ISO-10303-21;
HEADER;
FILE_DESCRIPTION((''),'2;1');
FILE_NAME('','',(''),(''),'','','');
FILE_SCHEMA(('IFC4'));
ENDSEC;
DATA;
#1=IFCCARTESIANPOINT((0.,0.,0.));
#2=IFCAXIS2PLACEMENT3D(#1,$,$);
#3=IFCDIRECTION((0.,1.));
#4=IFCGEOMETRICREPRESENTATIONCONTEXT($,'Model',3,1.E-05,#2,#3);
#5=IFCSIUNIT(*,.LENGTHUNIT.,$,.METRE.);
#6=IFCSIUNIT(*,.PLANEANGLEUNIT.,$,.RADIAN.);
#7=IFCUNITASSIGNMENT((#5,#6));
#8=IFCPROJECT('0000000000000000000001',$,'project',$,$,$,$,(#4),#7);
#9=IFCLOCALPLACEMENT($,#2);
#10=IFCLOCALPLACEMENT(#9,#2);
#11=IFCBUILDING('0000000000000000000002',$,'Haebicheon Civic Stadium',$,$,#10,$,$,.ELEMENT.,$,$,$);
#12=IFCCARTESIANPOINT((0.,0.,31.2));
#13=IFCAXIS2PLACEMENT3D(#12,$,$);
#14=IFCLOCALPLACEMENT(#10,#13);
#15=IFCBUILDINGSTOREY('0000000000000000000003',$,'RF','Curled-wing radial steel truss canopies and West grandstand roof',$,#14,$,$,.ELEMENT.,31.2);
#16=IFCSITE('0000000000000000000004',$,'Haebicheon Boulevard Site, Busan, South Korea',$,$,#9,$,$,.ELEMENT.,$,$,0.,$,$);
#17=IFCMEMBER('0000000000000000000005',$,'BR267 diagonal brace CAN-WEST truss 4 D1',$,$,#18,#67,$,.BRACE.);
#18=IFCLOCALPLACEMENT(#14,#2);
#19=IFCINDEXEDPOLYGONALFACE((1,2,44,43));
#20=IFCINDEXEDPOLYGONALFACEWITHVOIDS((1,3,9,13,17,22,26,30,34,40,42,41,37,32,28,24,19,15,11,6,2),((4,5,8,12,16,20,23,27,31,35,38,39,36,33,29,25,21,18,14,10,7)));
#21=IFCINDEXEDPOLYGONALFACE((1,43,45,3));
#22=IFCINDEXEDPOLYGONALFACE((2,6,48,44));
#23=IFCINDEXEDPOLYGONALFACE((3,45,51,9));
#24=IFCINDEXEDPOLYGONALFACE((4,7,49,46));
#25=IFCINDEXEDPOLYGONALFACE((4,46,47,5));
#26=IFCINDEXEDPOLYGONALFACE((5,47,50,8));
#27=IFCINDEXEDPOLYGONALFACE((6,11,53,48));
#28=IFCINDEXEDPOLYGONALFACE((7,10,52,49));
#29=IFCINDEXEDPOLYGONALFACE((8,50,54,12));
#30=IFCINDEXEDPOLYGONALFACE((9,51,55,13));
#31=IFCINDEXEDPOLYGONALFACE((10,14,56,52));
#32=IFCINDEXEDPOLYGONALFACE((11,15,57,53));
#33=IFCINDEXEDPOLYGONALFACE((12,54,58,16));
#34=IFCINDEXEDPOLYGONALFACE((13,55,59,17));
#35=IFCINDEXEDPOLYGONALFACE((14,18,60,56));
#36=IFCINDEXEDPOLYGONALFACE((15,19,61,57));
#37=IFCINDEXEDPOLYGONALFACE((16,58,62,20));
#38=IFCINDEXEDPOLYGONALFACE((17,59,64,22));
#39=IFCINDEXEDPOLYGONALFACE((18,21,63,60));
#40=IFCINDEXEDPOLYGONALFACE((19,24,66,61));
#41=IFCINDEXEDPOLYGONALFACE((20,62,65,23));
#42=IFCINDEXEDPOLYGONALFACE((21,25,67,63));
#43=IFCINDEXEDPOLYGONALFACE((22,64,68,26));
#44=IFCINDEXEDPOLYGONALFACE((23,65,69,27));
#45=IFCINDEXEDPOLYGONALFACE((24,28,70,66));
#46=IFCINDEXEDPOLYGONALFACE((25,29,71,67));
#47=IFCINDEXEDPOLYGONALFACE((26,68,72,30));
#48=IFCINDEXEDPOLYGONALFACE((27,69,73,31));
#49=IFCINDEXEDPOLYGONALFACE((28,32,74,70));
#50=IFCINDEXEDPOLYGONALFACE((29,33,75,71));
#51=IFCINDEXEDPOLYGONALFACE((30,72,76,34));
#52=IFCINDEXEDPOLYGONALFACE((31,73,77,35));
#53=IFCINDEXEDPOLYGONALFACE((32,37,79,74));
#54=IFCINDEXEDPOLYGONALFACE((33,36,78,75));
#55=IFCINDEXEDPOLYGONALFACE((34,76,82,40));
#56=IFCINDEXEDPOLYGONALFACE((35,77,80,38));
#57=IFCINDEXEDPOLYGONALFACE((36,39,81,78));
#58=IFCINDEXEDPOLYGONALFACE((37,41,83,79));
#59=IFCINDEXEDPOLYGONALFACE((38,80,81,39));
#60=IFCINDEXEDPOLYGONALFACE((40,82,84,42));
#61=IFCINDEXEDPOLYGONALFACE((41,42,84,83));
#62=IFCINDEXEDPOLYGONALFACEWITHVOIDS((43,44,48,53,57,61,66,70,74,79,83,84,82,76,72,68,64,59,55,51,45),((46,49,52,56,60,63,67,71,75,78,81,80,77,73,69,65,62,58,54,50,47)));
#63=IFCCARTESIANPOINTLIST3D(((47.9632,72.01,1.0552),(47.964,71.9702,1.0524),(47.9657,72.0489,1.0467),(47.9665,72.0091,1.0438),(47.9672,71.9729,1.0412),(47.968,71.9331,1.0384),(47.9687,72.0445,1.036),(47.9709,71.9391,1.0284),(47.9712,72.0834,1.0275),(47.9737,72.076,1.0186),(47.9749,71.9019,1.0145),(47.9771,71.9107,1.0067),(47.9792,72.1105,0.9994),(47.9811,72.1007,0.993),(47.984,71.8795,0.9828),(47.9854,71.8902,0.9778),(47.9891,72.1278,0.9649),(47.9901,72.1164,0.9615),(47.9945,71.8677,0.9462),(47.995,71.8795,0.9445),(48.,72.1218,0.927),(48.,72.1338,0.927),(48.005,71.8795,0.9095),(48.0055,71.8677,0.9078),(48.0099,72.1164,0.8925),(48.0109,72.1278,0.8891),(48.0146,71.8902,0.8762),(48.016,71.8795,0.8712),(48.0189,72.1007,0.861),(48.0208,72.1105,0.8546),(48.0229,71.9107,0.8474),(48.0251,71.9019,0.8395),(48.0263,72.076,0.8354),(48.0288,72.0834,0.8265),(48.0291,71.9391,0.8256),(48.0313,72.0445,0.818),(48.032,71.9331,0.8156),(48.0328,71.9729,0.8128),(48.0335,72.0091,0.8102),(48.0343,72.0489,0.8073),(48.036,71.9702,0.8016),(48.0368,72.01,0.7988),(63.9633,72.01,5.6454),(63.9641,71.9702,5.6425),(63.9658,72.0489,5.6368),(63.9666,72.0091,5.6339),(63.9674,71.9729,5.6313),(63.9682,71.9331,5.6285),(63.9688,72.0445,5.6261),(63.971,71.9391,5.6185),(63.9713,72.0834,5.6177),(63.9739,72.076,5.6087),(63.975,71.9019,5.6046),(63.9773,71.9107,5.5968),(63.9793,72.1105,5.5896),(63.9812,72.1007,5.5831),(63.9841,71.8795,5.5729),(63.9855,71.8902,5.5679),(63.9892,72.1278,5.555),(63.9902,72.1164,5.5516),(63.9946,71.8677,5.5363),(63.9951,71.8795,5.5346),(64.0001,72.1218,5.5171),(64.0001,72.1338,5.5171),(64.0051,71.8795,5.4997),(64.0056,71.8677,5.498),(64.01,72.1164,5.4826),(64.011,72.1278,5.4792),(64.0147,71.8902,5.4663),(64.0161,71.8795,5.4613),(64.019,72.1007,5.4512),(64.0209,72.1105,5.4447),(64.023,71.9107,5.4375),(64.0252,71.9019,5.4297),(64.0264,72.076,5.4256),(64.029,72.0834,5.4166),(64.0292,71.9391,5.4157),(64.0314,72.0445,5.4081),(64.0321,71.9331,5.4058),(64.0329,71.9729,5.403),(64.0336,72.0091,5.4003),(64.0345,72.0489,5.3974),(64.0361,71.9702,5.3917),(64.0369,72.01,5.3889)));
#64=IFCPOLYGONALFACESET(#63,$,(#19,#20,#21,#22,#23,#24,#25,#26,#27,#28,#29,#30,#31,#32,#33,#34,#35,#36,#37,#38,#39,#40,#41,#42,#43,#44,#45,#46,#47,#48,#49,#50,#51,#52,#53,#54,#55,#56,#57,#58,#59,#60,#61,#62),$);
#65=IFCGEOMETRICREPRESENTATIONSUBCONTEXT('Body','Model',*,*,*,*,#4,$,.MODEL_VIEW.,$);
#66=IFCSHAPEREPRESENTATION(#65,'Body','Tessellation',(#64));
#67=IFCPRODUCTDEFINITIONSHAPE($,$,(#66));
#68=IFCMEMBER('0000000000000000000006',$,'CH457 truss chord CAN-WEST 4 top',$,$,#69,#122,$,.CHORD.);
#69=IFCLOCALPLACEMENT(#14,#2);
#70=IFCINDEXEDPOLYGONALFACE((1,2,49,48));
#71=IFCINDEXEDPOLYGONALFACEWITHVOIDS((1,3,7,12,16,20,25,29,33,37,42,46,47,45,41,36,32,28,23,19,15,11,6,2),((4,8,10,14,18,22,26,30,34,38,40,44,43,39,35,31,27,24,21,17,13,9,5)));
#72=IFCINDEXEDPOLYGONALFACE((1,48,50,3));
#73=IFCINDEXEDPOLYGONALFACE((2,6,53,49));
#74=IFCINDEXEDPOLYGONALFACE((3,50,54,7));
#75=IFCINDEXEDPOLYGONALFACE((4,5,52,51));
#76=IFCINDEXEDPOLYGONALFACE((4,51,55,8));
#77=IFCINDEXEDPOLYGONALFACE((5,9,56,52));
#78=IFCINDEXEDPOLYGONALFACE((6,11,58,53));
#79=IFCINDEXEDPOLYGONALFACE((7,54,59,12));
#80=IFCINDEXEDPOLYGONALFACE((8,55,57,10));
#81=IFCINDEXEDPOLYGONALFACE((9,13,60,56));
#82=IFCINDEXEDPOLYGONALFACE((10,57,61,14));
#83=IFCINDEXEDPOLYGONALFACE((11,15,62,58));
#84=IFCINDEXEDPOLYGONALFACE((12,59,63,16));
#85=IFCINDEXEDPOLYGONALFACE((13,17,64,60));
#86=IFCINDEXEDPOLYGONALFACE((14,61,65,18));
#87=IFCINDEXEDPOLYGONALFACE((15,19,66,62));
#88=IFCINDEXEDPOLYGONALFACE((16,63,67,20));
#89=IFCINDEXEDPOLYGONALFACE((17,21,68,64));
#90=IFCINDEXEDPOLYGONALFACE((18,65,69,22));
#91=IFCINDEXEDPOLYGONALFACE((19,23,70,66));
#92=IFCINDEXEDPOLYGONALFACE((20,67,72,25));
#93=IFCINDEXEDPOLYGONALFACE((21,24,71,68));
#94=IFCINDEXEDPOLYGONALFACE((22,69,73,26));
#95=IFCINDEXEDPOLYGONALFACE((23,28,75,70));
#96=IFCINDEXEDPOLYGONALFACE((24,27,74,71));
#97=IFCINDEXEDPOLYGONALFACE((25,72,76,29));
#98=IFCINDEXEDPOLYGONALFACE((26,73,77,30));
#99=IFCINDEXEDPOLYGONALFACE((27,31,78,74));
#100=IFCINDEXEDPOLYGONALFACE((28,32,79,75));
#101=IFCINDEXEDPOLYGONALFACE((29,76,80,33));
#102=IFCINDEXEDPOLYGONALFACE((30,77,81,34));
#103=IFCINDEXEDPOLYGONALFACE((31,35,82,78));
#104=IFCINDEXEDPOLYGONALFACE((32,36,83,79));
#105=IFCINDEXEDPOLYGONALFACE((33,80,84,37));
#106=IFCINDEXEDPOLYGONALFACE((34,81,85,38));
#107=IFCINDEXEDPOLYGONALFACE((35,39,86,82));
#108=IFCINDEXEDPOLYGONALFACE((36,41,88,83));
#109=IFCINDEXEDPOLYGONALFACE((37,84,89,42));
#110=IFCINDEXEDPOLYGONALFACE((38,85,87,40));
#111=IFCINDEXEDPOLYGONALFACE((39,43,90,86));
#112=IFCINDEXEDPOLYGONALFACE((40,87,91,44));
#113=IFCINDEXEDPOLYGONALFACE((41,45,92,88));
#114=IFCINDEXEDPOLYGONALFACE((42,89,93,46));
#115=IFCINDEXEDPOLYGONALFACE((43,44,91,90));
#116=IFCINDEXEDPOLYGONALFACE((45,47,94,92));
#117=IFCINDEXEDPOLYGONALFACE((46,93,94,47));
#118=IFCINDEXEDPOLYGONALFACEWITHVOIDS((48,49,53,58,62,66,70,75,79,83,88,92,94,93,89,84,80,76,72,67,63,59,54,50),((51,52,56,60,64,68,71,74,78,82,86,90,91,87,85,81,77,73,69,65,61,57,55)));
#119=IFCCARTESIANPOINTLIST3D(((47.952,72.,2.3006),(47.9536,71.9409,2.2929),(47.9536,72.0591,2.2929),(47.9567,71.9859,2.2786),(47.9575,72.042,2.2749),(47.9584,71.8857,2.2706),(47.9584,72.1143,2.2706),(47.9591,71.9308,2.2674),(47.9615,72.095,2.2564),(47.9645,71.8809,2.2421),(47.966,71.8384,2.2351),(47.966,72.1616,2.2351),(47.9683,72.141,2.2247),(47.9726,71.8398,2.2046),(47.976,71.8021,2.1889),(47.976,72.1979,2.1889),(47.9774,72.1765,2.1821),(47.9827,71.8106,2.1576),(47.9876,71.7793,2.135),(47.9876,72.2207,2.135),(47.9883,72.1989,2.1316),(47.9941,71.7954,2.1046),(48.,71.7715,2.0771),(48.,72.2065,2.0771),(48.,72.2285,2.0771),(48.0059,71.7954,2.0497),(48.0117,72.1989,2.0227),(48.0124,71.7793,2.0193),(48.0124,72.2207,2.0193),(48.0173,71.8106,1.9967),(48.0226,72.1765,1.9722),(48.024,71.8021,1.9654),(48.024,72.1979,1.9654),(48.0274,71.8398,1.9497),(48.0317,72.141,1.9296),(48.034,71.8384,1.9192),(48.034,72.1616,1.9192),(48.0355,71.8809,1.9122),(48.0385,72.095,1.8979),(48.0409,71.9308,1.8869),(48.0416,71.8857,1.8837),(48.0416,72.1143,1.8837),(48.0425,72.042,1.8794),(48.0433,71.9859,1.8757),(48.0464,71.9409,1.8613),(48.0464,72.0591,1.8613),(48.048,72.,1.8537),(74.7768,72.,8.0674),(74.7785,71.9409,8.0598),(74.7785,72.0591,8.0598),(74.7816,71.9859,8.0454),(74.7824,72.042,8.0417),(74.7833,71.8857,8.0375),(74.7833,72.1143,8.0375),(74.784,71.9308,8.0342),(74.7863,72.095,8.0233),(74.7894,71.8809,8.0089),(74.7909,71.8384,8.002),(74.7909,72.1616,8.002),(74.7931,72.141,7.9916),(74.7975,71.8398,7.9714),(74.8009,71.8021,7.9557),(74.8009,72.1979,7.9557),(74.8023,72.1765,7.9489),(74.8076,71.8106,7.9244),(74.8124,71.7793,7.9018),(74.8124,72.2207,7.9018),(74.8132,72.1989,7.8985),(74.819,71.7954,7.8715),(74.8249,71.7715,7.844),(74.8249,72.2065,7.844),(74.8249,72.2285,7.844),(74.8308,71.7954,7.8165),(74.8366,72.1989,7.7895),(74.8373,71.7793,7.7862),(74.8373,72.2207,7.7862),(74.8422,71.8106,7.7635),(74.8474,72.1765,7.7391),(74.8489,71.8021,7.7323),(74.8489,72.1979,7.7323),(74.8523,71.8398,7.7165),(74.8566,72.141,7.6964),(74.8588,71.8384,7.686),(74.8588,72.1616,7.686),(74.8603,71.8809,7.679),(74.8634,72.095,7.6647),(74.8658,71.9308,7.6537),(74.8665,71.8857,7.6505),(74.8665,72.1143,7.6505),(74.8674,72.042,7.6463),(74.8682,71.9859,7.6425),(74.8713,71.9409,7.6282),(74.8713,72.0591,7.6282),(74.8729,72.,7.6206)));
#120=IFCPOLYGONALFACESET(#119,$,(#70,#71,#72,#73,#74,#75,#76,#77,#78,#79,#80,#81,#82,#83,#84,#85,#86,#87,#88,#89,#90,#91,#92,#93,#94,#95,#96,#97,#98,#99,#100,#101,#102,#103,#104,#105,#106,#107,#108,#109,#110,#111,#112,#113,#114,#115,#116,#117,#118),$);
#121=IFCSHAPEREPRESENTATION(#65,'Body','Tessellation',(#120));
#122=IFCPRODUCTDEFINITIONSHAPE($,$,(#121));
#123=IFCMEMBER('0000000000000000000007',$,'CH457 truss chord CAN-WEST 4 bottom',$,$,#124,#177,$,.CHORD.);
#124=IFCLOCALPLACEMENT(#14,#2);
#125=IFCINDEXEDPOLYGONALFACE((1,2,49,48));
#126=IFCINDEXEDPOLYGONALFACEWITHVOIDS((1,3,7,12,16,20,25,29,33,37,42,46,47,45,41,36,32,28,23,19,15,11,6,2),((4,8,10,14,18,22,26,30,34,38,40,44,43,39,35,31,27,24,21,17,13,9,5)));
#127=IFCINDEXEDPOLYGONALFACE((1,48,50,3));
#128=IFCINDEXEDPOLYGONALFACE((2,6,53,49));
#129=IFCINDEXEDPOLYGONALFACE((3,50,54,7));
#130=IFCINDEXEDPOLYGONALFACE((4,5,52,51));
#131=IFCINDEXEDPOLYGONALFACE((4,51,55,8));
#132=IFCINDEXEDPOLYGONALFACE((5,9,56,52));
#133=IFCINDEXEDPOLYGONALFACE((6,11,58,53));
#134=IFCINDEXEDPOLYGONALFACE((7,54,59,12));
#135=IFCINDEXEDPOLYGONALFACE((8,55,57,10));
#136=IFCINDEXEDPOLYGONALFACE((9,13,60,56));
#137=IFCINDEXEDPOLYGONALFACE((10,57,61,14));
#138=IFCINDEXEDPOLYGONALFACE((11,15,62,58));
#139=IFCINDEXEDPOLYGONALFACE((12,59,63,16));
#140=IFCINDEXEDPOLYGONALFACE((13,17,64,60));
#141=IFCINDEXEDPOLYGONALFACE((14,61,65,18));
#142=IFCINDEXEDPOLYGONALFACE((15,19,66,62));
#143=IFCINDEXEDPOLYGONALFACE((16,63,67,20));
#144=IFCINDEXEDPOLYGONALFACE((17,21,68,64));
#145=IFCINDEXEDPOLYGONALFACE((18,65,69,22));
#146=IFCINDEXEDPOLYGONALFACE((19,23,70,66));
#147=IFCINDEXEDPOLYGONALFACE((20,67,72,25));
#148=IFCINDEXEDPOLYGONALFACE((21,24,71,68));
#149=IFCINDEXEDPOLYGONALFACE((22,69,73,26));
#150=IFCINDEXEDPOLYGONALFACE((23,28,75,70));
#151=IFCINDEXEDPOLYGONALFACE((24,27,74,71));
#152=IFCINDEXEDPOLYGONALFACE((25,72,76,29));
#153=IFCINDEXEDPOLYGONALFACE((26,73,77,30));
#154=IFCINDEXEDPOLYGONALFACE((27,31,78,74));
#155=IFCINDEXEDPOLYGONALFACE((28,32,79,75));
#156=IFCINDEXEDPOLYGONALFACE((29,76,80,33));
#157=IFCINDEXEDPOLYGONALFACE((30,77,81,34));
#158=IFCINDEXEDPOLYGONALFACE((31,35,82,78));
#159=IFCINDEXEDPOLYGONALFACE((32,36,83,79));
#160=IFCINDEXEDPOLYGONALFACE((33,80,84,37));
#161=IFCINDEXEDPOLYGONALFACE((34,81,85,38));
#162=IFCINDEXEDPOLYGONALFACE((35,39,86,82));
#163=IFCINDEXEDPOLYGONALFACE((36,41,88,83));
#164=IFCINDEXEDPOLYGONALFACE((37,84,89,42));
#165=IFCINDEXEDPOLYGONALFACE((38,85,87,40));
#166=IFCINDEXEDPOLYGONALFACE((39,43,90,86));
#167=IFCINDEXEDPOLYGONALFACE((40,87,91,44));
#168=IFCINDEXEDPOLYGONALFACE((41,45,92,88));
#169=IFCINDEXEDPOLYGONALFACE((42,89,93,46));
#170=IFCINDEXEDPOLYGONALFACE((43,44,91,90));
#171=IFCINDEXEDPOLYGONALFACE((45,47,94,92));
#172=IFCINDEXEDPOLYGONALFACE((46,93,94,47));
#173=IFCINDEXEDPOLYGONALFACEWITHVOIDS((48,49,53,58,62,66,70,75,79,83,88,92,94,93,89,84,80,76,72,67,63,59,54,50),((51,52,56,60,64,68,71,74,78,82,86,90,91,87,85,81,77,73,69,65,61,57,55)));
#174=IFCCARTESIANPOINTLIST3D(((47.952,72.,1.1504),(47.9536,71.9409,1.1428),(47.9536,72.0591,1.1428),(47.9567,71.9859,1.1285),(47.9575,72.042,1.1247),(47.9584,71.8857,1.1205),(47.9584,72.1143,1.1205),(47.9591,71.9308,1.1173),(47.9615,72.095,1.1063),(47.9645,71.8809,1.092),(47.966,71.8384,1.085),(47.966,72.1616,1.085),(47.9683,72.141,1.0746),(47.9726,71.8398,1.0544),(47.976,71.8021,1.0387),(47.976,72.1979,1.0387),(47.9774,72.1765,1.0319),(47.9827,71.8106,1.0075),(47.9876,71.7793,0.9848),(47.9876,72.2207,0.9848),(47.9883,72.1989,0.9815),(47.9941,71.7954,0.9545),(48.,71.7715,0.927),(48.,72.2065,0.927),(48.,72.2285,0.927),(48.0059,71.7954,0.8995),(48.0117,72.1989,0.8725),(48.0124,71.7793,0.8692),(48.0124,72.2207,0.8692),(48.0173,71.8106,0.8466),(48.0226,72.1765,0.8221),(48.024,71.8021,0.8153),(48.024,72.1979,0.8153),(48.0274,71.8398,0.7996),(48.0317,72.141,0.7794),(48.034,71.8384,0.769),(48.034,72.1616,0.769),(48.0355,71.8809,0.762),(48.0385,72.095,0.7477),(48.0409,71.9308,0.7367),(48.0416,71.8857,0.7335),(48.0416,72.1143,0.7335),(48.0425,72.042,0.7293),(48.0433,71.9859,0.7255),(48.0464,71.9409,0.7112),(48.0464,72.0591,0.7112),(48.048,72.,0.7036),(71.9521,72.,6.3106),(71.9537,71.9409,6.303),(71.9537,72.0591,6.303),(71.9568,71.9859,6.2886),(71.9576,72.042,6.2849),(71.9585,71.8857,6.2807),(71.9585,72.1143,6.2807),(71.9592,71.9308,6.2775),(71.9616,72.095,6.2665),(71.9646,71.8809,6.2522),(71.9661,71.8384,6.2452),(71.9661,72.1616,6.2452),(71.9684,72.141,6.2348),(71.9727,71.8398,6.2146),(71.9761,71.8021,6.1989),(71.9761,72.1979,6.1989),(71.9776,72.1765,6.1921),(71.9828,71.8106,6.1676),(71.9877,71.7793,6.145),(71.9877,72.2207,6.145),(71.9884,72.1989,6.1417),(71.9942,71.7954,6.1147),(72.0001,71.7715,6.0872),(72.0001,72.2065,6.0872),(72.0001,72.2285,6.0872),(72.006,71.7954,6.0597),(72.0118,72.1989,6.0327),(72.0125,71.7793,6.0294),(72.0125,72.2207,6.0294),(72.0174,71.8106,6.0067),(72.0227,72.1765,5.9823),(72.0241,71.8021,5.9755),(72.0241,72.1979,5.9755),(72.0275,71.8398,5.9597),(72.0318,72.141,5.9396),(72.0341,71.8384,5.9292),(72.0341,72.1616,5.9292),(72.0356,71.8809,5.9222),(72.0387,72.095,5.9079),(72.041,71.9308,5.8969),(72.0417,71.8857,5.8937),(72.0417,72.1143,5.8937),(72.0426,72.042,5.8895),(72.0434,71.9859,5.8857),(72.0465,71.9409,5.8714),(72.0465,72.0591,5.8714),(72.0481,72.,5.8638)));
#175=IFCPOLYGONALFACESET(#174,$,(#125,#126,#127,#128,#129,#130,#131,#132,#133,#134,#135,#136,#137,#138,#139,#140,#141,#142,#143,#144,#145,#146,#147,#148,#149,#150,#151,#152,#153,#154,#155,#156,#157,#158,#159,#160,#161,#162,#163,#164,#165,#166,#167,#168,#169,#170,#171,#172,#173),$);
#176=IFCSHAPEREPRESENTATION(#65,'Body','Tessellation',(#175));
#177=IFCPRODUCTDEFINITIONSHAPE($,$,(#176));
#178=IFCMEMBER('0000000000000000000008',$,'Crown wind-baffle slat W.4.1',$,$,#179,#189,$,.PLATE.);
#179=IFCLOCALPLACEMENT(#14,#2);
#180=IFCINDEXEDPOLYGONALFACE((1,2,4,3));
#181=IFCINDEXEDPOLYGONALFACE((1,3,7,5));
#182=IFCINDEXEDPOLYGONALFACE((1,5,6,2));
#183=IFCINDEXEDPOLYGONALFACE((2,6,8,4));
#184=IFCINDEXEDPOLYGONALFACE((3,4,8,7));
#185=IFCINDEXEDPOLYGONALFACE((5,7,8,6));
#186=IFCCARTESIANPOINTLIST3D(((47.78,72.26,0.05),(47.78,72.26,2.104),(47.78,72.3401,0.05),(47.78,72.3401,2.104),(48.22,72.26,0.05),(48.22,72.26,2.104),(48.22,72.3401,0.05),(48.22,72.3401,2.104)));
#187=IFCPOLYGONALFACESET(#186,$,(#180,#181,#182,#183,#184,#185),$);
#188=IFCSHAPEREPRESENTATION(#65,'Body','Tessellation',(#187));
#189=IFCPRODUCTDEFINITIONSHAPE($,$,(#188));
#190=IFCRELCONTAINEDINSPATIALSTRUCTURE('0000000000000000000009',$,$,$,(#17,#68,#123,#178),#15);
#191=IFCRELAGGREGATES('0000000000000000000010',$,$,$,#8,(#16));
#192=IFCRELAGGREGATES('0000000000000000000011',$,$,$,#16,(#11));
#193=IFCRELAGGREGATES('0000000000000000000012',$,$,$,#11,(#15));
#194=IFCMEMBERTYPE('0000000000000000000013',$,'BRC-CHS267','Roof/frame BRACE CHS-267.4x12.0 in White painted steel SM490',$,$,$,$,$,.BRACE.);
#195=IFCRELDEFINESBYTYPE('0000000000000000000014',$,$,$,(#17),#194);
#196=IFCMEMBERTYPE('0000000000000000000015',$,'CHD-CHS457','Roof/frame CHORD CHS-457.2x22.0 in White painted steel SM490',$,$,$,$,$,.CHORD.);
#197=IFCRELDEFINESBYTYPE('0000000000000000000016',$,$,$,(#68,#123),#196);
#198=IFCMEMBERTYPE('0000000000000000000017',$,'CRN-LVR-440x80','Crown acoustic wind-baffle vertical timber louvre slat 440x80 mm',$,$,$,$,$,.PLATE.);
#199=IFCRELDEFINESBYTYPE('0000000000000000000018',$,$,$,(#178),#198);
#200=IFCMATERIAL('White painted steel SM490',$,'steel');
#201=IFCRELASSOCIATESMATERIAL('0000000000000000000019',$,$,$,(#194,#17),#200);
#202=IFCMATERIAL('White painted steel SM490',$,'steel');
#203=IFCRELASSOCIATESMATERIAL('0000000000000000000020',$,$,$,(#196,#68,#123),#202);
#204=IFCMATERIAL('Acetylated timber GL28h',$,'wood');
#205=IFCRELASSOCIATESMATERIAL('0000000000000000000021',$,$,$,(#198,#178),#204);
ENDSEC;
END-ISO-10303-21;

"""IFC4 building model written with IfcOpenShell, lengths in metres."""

from ifc_helpers import new_model, si_unit, direction, frame, origin, origin_2d, place, context, subcontext, project, spatial, rectangle, hollow_circle, extrude, material, material_profile, profile_set, type_object, element, save


model = new_model("IFC4")

# Units and contexts
model_context = context("Model", 3, precision=1e-05, world=origin(), true_north=direction((0.0, 1.0)))
body_context = subcontext(model_context, "Body", "Model", "MODEL_VIEW")
ifc_project = project(units=[si_unit("LENGTHUNIT", "METRE"), si_unit("PLANEANGLEUNIT", "RADIAN")], contexts=[model_context])

# Site, building, storey
site_placement = place(None, origin())
site = spatial("IfcSite", under=ifc_project, at=site_placement, Name="Haebicheon Boulevard Site, Busan, South Korea", CompositionType="ELEMENT", RefElevation=0.0)
building_placement = place(site_placement, origin())
building = spatial("IfcBuilding", under=site, at=building_placement, Name="Haebicheon Civic Stadium", CompositionType="ELEMENT")
storey_placement = place(building_placement, frame((0.0, 0.0, 31.2)))
storey = spatial("IfcBuildingStorey", under=building, at=storey_placement, Name="RF", Description="Curled-wing radial steel truss canopies and West grandstand roof", CompositionType="ELEMENT", Elevation=31.2)

# Members
ifc_material_1 = material(Name="White painted steel SM490", Category="steel")
ifc_material_profile_1 = material_profile(ifc_material_1, hollow_circle(Radius=0.1338, WallThickness=0.012, at=origin_2d()), Name="CHS-267.4x12.0")
ifc_profile_set_1 = profile_set([ifc_material_profile_1], Name="White painted steel SM490")
member_type_1 = type_object("IfcMemberType", Name="BRC-CHS267", Description="Roof/frame BRACE CHS-267.4x12.0 in White painted steel SM490", PredefinedType="BRACE", material=ifc_profile_set_1)
member_1_placement = place(storey_placement, frame((48.0, 72.0, 0.927), z_axis=(0.961227, 0.0, 0.275757), x_axis=(0.0, 1.0, 0.0)))
element("IfcMember", 1, at=member_1_placement, inside=storey, type_object=member_type_1, material=ifc_profile_set_1, Name="BR267 diagonal brace CAN-WEST truss 4 D1", PredefinedType="BRACE", context=body_context, shape_type="SweptSolid", body=[
    extrude(hollow_circle(Radius=0.1338, WallThickness=0.012, at=origin_2d()), origin(), (0.0, 0.0, 1.0), 16.6455),
])
ifc_material_2 = material(Name="White painted steel SM490", Category="steel")
ifc_material_profile_2 = material_profile(ifc_material_2, hollow_circle(Radius=0.2285, WallThickness=0.022, at=origin_2d()), Name="CHS-457.2x22.0")
ifc_profile_set_2 = profile_set([ifc_material_profile_2], Name="White painted steel SM490")
member_type_2 = type_object("IfcMemberType", Name="CHD-CHS457", Description="Roof/frame CHORD CHS-457.2x22.0 in White painted steel SM490", PredefinedType="CHORD", material=ifc_profile_set_2)
member_2_placement = place(storey_placement, frame((48.0, 72.0, 2.0771), z_axis=(0.977663, 0.0, 0.210179), x_axis=(0.0, 1.0, 0.0)))
element("IfcMember", 2, at=member_2_placement, inside=storey, type_object=member_type_2, material=ifc_profile_set_2, Name="CH457 truss chord CAN-WEST 4 top", PredefinedType="CHORD", context=body_context, shape_type="SweptSolid", body=[
    extrude(hollow_circle(Radius=0.2285, WallThickness=0.022, at=origin_2d()), origin(), (0.0, 0.0, 1.0), 27.4377),
])
member_3_placement = place(storey_placement, frame((48.0, 72.0, 0.927), z_axis=(0.977658, 0.0, 0.210203), x_axis=(0.0, 1.0, 0.0)))
element("IfcMember", 3, at=member_3_placement, inside=storey, type_object=member_type_2, material=ifc_profile_set_2, Name="CH457 truss chord CAN-WEST 4 bottom", PredefinedType="CHORD", context=body_context, shape_type="SweptSolid", body=[
    extrude(hollow_circle(Radius=0.2285, WallThickness=0.022, at=origin_2d()), origin(), (0.0, 0.0, 1.0), 24.5486),
])
ifc_material_3 = material(Name="Acetylated timber GL28h", Category="wood")
ifc_material_profile_3 = material_profile(ifc_material_3, rectangle(XDim=0.0801, YDim=0.4399, at=origin_2d()), Name="TMB-LOUV-80x440")
ifc_profile_set_3 = profile_set([ifc_material_profile_3], Name="Acetylated timber GL28h")
member_type_3 = type_object("IfcMemberType", Name="CRN-LVR-440x80", Description="Crown acoustic wind-baffle vertical timber louvre slat 440x80 mm", PredefinedType="PLATE", material=ifc_profile_set_3)
member_4_placement = place(storey_placement, frame((48.0, 72.3, 0.05), z_axis=(0.0, 0.0, 1.0), x_axis=(0.0, 1.0, 0.0)))
element("IfcMember", 4, at=member_4_placement, inside=storey, type_object=member_type_3, material=ifc_profile_set_3, Name="Crown wind-baffle slat W.4.1", PredefinedType="PLATE", context=body_context, shape_type="SweptSolid", body=[
    extrude(rectangle(XDim=0.0801, YDim=0.4399, at=origin_2d()), origin(), (0.0, 0.0, 1.0), 2.054),
])

save(model, "model.ifc")
